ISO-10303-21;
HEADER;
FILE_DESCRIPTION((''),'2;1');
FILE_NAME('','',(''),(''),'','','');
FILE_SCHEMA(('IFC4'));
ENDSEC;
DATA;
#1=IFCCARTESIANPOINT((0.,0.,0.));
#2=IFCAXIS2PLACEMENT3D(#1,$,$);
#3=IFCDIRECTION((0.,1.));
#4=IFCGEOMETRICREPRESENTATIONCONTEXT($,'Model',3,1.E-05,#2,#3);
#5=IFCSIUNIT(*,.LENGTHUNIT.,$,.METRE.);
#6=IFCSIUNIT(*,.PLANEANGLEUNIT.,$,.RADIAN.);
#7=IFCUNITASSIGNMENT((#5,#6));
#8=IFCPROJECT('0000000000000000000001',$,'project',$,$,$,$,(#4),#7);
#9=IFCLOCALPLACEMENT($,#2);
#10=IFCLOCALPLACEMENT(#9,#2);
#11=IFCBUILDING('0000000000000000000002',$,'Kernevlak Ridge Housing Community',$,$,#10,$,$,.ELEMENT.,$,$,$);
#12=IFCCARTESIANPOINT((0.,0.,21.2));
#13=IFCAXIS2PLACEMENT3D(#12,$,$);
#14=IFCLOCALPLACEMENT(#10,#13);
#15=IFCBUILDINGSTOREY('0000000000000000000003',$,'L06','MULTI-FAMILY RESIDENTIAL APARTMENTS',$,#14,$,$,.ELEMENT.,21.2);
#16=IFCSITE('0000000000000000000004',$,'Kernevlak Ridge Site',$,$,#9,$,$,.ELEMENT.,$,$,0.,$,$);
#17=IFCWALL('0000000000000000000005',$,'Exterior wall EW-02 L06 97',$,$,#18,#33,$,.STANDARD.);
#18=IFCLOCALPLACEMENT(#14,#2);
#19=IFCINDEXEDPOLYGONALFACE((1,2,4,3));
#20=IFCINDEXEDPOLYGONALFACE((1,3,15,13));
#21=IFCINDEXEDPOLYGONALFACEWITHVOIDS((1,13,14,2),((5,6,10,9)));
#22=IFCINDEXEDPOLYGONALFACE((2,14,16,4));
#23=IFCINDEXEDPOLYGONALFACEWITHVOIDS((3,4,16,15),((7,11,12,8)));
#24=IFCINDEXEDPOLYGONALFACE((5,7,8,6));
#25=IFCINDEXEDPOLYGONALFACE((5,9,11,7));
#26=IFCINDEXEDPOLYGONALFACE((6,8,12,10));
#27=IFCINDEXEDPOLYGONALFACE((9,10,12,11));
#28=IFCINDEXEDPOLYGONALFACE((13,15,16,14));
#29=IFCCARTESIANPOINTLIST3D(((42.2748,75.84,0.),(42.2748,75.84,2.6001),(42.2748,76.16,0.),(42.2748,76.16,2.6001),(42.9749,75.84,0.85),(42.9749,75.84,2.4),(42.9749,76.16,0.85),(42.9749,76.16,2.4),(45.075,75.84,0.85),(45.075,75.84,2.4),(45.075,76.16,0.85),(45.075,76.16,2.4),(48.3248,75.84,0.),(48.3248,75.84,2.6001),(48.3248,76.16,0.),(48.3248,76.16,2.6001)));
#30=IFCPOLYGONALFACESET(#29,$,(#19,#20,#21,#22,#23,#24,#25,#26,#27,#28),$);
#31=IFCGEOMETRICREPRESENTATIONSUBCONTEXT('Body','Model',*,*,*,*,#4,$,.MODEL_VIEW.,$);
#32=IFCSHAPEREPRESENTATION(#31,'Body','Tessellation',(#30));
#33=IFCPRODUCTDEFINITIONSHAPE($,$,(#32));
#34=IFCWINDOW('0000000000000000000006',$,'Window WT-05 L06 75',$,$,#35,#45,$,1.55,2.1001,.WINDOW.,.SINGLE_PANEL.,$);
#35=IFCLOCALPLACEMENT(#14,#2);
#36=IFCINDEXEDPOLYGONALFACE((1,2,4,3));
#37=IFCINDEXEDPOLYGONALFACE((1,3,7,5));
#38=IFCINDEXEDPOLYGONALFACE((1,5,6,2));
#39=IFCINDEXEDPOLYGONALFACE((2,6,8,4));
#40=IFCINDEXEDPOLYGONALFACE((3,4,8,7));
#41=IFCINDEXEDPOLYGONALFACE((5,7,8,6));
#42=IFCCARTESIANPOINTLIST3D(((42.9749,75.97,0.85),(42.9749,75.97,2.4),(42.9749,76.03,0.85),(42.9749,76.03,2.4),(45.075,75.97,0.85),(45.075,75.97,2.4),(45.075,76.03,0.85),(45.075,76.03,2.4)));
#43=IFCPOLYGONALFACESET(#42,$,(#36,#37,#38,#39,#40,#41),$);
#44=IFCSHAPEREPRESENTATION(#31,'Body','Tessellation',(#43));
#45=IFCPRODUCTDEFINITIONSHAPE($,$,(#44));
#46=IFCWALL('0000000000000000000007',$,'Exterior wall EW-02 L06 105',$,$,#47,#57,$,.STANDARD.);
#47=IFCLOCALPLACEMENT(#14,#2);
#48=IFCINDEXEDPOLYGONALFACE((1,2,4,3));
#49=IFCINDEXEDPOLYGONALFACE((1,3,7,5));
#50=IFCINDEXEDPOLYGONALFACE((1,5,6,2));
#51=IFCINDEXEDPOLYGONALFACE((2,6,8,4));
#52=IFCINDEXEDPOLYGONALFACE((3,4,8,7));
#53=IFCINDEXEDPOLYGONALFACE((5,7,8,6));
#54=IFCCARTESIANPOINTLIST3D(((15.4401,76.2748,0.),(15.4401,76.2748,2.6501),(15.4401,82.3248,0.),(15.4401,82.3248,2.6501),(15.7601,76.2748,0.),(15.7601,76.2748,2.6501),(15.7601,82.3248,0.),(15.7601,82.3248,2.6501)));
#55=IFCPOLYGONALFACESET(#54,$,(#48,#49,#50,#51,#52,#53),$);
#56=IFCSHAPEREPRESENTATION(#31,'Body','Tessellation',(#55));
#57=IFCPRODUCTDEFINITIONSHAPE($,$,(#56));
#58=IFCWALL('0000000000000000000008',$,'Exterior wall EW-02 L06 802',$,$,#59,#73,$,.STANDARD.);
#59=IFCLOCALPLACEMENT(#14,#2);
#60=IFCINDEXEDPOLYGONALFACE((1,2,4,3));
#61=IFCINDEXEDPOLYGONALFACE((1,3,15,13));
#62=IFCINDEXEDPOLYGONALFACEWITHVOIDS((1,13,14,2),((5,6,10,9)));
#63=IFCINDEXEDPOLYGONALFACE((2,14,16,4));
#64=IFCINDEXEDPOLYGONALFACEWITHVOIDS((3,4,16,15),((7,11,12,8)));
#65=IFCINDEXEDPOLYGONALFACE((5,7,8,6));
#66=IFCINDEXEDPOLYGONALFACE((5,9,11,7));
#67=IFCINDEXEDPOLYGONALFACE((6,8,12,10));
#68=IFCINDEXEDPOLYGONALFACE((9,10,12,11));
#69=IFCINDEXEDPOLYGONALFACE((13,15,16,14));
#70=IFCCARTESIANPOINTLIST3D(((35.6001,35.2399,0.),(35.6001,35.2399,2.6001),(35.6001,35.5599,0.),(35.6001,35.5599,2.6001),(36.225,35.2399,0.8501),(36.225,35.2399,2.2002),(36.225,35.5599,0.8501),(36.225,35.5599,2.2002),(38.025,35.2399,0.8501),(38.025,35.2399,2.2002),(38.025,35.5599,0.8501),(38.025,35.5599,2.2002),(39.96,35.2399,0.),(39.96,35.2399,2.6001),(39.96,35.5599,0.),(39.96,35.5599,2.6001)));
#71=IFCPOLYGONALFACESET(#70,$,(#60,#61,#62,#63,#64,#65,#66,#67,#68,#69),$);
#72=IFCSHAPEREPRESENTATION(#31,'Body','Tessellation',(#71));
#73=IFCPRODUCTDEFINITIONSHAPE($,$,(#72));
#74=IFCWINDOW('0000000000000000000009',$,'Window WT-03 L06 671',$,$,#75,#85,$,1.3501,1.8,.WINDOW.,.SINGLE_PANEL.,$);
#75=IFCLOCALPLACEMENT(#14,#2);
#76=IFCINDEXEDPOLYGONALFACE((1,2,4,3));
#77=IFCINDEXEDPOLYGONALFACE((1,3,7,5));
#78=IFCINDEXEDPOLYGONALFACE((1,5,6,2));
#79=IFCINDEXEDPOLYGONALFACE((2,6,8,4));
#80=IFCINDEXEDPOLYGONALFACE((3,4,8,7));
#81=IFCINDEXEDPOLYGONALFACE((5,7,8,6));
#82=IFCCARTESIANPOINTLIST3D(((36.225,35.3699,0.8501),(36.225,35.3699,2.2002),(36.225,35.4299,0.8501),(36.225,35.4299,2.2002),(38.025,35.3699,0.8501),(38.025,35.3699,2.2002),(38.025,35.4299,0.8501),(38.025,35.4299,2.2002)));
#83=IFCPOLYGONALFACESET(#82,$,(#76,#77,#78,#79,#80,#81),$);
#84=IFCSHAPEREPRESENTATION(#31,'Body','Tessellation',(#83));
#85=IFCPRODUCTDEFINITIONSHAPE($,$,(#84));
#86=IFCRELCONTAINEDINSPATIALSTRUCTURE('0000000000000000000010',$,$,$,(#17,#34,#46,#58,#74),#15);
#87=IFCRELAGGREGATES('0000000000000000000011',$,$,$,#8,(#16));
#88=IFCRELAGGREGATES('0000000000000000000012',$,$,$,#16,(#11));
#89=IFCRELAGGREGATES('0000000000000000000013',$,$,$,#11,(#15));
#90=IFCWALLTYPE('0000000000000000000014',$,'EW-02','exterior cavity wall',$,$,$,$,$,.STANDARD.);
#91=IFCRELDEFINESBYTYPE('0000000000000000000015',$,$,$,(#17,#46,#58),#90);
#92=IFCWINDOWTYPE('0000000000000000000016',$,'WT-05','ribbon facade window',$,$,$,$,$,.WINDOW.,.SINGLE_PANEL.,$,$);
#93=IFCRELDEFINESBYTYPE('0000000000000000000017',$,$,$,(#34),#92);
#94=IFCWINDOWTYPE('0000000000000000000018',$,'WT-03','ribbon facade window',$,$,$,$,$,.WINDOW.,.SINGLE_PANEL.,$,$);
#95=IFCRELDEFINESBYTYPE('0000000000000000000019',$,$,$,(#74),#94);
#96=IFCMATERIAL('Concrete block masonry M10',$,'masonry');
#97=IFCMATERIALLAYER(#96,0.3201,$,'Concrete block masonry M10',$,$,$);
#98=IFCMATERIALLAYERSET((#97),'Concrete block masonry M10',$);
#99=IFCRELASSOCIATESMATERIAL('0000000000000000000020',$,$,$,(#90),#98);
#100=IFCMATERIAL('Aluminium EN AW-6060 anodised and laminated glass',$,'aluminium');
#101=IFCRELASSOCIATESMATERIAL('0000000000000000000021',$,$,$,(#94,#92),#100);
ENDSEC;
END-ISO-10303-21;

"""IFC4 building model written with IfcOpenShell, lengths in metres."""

from ifc_helpers import new_model, si_unit, direction, frame, frame_2d, origin, place, context, subcontext, project, spatial, rectangle, extrude, material, layer, layer_set, type_object, element, fill, save


model = new_model("IFC4")

# Units and contexts
model_context = context("Model", 3, precision=1e-05, world=origin(), true_north=direction((0.0, 1.0)))
body_context = subcontext(model_context, "Body", "Model", "MODEL_VIEW")
ifc_project = project(units=[si_unit("LENGTHUNIT", "METRE"), si_unit("PLANEANGLEUNIT", "RADIAN")], contexts=[model_context])

# Site, building, storey
site_placement = place(None, origin())
site = spatial("IfcSite", under=ifc_project, at=site_placement, Name="Kernevlak Ridge Site", CompositionType="ELEMENT", RefElevation=0.0)
building_placement = place(site_placement, origin())
building = spatial("IfcBuilding", under=site, at=building_placement, Name="Kernevlak Ridge Housing Community", CompositionType="ELEMENT")
storey_placement = place(building_placement, frame((0.0, 0.0, 21.2)))
storey = spatial("IfcBuildingStorey", under=building, at=storey_placement, Name="L06", Description="MULTI-FAMILY RESIDENTIAL APARTMENTS", CompositionType="ELEMENT", Elevation=21.2)

# Shared definitions
ifc_material_1 = material(Name="Concrete block masonry M10", Category="masonry")
ifc_layer = layer(ifc_material_1, 0.3201, Name="Concrete block masonry M10")
ifc_layer_set = layer_set([ifc_layer], Name="Concrete block masonry M10")
wall_type = type_object("IfcWallType", Name="EW-02", Description="exterior cavity wall", PredefinedType="STANDARD", material=ifc_layer_set)
ifc_material_2 = material(Name="Aluminium EN AW-6060 anodised and laminated glass", Category="aluminium")
window_type_1 = type_object("IfcWindowType", Name="WT-03", Description="ribbon facade window", PartitioningType="SINGLE_PANEL", PredefinedType="WINDOW", material=ifc_material_2)

# Wall, opening, window
window_type_2 = type_object("IfcWindowType", Name="WT-05", Description="ribbon facade window", PartitioningType="SINGLE_PANEL", PredefinedType="WINDOW", material=ifc_material_2)
wall_1_placement = place(storey_placement, frame((42.2749, 76.0, 0.0), z_axis=(0.0, 0.0, 1.0), x_axis=(1.0, 0.0, 0.0)))
wall_1 = element("IfcWall", 1, at=wall_1_placement, inside=storey, type_object=wall_type, Name="Exterior wall EW-02 L06 97", PredefinedType="STANDARD", context=body_context, shape_type="SweptSolid", body=[
    extrude(rectangle(XDim=6.05, YDim=0.3201, at=frame_2d((3.0249, 0.0))), origin(), (0.0, 0.0, 1.0), 2.6001),
])
opening_1_placement = place(wall_1_placement, frame((0.7, 0.0, 0.8501)))
opening_1 = element("IfcOpeningElement", 2, at=opening_1_placement, cuts=wall_1, PredefinedType="OPENING", context=body_context, shape_type="SweptSolid", body=[
    extrude(rectangle(XDim=2.1001, YDim=1.55, at=frame_2d((1.05, 0.7749))), frame((0.0, 0.1699, 0.0), z_axis=(0.0, -1.0, 0.0), x_axis=(1.0, 0.0, 0.0)), (0.0, 0.0, 1.0), 0.3401),
])
window_1_placement = place(opening_1_placement, origin())
window_1 = element("IfcWindow", 3, at=window_1_placement, inside=storey, type_object=window_type_2, Name="Window WT-05 L06 75", OverallHeight=1.55, OverallWidth=2.1001, PartitioningType="SINGLE_PANEL", PredefinedType="WINDOW", context=body_context, shape_type="SweptSolid", body=[
    extrude(rectangle(XDim=2.1001, YDim=1.55, at=frame_2d((1.05, 0.7749))), frame((0.0, 0.03, 0.0), z_axis=(0.0, -1.0, 0.0), x_axis=(1.0, 0.0, 0.0)), (0.0, 0.0, 1.0), 0.0601),
])
fill(opening_1, window_1)

# Wall
wall_2_placement = place(storey_placement, frame((15.6001, 76.2749, 0.0), z_axis=(0.0, 0.0, 1.0), x_axis=(0.0, 1.0, 0.0)))
element("IfcWall", 4, at=wall_2_placement, inside=storey, type_object=wall_type, Name="Exterior wall EW-02 L06 105", PredefinedType="STANDARD", context=body_context, shape_type="SweptSolid", body=[
    extrude(rectangle(XDim=6.05, YDim=0.3201, at=frame_2d((3.0249, 0.0))), origin(), (0.0, 0.0, 1.0), 2.6501),
])

# Wall, opening, window
wall_3_placement = place(storey_placement, frame((35.6001, 35.3999, 0.0), z_axis=(0.0, 0.0, 1.0), x_axis=(1.0, 0.0, 0.0)))
wall_3 = element("IfcWall", 5, at=wall_3_placement, inside=storey, type_object=wall_type, Name="Exterior wall EW-02 L06 802", PredefinedType="STANDARD", context=body_context, shape_type="SweptSolid", body=[
    extrude(rectangle(XDim=4.3599, YDim=0.3201, at=frame_2d((2.1799, 0.0))), origin(), (0.0, 0.0, 1.0), 2.6001),
])
opening_2_placement = place(wall_3_placement, frame((0.625, 0.0, 0.8501)))
opening_2 = element("IfcOpeningElement", 6, at=opening_2_placement, cuts=wall_3, PredefinedType="OPENING", context=body_context, shape_type="SweptSolid", body=[
    extrude(rectangle(XDim=1.8, YDim=1.3501, at=frame_2d((0.8999, 0.675))), frame((0.0, 0.1699, 0.0), z_axis=(0.0, -1.0, 0.0), x_axis=(1.0, 0.0, 0.0)), (0.0, 0.0, 1.0), 0.3401),
])
window_2_placement = place(opening_2_placement, origin())
window_2 = element("IfcWindow", 7, at=window_2_placement, inside=storey, type_object=window_type_1, Name="Window WT-03 L06 671", OverallHeight=1.3501, OverallWidth=1.8, PartitioningType="SINGLE_PANEL", PredefinedType="WINDOW", context=body_context, shape_type="SweptSolid", body=[
    extrude(rectangle(XDim=1.8, YDim=1.3501, at=frame_2d((0.8999, 0.675))), frame((0.0, 0.03, 0.0), z_axis=(0.0, -1.0, 0.0), x_axis=(1.0, 0.0, 0.0)), (0.0, 0.0, 1.0), 0.0601),
])
fill(opening_2, window_2)

save(model, "model.ifc")
